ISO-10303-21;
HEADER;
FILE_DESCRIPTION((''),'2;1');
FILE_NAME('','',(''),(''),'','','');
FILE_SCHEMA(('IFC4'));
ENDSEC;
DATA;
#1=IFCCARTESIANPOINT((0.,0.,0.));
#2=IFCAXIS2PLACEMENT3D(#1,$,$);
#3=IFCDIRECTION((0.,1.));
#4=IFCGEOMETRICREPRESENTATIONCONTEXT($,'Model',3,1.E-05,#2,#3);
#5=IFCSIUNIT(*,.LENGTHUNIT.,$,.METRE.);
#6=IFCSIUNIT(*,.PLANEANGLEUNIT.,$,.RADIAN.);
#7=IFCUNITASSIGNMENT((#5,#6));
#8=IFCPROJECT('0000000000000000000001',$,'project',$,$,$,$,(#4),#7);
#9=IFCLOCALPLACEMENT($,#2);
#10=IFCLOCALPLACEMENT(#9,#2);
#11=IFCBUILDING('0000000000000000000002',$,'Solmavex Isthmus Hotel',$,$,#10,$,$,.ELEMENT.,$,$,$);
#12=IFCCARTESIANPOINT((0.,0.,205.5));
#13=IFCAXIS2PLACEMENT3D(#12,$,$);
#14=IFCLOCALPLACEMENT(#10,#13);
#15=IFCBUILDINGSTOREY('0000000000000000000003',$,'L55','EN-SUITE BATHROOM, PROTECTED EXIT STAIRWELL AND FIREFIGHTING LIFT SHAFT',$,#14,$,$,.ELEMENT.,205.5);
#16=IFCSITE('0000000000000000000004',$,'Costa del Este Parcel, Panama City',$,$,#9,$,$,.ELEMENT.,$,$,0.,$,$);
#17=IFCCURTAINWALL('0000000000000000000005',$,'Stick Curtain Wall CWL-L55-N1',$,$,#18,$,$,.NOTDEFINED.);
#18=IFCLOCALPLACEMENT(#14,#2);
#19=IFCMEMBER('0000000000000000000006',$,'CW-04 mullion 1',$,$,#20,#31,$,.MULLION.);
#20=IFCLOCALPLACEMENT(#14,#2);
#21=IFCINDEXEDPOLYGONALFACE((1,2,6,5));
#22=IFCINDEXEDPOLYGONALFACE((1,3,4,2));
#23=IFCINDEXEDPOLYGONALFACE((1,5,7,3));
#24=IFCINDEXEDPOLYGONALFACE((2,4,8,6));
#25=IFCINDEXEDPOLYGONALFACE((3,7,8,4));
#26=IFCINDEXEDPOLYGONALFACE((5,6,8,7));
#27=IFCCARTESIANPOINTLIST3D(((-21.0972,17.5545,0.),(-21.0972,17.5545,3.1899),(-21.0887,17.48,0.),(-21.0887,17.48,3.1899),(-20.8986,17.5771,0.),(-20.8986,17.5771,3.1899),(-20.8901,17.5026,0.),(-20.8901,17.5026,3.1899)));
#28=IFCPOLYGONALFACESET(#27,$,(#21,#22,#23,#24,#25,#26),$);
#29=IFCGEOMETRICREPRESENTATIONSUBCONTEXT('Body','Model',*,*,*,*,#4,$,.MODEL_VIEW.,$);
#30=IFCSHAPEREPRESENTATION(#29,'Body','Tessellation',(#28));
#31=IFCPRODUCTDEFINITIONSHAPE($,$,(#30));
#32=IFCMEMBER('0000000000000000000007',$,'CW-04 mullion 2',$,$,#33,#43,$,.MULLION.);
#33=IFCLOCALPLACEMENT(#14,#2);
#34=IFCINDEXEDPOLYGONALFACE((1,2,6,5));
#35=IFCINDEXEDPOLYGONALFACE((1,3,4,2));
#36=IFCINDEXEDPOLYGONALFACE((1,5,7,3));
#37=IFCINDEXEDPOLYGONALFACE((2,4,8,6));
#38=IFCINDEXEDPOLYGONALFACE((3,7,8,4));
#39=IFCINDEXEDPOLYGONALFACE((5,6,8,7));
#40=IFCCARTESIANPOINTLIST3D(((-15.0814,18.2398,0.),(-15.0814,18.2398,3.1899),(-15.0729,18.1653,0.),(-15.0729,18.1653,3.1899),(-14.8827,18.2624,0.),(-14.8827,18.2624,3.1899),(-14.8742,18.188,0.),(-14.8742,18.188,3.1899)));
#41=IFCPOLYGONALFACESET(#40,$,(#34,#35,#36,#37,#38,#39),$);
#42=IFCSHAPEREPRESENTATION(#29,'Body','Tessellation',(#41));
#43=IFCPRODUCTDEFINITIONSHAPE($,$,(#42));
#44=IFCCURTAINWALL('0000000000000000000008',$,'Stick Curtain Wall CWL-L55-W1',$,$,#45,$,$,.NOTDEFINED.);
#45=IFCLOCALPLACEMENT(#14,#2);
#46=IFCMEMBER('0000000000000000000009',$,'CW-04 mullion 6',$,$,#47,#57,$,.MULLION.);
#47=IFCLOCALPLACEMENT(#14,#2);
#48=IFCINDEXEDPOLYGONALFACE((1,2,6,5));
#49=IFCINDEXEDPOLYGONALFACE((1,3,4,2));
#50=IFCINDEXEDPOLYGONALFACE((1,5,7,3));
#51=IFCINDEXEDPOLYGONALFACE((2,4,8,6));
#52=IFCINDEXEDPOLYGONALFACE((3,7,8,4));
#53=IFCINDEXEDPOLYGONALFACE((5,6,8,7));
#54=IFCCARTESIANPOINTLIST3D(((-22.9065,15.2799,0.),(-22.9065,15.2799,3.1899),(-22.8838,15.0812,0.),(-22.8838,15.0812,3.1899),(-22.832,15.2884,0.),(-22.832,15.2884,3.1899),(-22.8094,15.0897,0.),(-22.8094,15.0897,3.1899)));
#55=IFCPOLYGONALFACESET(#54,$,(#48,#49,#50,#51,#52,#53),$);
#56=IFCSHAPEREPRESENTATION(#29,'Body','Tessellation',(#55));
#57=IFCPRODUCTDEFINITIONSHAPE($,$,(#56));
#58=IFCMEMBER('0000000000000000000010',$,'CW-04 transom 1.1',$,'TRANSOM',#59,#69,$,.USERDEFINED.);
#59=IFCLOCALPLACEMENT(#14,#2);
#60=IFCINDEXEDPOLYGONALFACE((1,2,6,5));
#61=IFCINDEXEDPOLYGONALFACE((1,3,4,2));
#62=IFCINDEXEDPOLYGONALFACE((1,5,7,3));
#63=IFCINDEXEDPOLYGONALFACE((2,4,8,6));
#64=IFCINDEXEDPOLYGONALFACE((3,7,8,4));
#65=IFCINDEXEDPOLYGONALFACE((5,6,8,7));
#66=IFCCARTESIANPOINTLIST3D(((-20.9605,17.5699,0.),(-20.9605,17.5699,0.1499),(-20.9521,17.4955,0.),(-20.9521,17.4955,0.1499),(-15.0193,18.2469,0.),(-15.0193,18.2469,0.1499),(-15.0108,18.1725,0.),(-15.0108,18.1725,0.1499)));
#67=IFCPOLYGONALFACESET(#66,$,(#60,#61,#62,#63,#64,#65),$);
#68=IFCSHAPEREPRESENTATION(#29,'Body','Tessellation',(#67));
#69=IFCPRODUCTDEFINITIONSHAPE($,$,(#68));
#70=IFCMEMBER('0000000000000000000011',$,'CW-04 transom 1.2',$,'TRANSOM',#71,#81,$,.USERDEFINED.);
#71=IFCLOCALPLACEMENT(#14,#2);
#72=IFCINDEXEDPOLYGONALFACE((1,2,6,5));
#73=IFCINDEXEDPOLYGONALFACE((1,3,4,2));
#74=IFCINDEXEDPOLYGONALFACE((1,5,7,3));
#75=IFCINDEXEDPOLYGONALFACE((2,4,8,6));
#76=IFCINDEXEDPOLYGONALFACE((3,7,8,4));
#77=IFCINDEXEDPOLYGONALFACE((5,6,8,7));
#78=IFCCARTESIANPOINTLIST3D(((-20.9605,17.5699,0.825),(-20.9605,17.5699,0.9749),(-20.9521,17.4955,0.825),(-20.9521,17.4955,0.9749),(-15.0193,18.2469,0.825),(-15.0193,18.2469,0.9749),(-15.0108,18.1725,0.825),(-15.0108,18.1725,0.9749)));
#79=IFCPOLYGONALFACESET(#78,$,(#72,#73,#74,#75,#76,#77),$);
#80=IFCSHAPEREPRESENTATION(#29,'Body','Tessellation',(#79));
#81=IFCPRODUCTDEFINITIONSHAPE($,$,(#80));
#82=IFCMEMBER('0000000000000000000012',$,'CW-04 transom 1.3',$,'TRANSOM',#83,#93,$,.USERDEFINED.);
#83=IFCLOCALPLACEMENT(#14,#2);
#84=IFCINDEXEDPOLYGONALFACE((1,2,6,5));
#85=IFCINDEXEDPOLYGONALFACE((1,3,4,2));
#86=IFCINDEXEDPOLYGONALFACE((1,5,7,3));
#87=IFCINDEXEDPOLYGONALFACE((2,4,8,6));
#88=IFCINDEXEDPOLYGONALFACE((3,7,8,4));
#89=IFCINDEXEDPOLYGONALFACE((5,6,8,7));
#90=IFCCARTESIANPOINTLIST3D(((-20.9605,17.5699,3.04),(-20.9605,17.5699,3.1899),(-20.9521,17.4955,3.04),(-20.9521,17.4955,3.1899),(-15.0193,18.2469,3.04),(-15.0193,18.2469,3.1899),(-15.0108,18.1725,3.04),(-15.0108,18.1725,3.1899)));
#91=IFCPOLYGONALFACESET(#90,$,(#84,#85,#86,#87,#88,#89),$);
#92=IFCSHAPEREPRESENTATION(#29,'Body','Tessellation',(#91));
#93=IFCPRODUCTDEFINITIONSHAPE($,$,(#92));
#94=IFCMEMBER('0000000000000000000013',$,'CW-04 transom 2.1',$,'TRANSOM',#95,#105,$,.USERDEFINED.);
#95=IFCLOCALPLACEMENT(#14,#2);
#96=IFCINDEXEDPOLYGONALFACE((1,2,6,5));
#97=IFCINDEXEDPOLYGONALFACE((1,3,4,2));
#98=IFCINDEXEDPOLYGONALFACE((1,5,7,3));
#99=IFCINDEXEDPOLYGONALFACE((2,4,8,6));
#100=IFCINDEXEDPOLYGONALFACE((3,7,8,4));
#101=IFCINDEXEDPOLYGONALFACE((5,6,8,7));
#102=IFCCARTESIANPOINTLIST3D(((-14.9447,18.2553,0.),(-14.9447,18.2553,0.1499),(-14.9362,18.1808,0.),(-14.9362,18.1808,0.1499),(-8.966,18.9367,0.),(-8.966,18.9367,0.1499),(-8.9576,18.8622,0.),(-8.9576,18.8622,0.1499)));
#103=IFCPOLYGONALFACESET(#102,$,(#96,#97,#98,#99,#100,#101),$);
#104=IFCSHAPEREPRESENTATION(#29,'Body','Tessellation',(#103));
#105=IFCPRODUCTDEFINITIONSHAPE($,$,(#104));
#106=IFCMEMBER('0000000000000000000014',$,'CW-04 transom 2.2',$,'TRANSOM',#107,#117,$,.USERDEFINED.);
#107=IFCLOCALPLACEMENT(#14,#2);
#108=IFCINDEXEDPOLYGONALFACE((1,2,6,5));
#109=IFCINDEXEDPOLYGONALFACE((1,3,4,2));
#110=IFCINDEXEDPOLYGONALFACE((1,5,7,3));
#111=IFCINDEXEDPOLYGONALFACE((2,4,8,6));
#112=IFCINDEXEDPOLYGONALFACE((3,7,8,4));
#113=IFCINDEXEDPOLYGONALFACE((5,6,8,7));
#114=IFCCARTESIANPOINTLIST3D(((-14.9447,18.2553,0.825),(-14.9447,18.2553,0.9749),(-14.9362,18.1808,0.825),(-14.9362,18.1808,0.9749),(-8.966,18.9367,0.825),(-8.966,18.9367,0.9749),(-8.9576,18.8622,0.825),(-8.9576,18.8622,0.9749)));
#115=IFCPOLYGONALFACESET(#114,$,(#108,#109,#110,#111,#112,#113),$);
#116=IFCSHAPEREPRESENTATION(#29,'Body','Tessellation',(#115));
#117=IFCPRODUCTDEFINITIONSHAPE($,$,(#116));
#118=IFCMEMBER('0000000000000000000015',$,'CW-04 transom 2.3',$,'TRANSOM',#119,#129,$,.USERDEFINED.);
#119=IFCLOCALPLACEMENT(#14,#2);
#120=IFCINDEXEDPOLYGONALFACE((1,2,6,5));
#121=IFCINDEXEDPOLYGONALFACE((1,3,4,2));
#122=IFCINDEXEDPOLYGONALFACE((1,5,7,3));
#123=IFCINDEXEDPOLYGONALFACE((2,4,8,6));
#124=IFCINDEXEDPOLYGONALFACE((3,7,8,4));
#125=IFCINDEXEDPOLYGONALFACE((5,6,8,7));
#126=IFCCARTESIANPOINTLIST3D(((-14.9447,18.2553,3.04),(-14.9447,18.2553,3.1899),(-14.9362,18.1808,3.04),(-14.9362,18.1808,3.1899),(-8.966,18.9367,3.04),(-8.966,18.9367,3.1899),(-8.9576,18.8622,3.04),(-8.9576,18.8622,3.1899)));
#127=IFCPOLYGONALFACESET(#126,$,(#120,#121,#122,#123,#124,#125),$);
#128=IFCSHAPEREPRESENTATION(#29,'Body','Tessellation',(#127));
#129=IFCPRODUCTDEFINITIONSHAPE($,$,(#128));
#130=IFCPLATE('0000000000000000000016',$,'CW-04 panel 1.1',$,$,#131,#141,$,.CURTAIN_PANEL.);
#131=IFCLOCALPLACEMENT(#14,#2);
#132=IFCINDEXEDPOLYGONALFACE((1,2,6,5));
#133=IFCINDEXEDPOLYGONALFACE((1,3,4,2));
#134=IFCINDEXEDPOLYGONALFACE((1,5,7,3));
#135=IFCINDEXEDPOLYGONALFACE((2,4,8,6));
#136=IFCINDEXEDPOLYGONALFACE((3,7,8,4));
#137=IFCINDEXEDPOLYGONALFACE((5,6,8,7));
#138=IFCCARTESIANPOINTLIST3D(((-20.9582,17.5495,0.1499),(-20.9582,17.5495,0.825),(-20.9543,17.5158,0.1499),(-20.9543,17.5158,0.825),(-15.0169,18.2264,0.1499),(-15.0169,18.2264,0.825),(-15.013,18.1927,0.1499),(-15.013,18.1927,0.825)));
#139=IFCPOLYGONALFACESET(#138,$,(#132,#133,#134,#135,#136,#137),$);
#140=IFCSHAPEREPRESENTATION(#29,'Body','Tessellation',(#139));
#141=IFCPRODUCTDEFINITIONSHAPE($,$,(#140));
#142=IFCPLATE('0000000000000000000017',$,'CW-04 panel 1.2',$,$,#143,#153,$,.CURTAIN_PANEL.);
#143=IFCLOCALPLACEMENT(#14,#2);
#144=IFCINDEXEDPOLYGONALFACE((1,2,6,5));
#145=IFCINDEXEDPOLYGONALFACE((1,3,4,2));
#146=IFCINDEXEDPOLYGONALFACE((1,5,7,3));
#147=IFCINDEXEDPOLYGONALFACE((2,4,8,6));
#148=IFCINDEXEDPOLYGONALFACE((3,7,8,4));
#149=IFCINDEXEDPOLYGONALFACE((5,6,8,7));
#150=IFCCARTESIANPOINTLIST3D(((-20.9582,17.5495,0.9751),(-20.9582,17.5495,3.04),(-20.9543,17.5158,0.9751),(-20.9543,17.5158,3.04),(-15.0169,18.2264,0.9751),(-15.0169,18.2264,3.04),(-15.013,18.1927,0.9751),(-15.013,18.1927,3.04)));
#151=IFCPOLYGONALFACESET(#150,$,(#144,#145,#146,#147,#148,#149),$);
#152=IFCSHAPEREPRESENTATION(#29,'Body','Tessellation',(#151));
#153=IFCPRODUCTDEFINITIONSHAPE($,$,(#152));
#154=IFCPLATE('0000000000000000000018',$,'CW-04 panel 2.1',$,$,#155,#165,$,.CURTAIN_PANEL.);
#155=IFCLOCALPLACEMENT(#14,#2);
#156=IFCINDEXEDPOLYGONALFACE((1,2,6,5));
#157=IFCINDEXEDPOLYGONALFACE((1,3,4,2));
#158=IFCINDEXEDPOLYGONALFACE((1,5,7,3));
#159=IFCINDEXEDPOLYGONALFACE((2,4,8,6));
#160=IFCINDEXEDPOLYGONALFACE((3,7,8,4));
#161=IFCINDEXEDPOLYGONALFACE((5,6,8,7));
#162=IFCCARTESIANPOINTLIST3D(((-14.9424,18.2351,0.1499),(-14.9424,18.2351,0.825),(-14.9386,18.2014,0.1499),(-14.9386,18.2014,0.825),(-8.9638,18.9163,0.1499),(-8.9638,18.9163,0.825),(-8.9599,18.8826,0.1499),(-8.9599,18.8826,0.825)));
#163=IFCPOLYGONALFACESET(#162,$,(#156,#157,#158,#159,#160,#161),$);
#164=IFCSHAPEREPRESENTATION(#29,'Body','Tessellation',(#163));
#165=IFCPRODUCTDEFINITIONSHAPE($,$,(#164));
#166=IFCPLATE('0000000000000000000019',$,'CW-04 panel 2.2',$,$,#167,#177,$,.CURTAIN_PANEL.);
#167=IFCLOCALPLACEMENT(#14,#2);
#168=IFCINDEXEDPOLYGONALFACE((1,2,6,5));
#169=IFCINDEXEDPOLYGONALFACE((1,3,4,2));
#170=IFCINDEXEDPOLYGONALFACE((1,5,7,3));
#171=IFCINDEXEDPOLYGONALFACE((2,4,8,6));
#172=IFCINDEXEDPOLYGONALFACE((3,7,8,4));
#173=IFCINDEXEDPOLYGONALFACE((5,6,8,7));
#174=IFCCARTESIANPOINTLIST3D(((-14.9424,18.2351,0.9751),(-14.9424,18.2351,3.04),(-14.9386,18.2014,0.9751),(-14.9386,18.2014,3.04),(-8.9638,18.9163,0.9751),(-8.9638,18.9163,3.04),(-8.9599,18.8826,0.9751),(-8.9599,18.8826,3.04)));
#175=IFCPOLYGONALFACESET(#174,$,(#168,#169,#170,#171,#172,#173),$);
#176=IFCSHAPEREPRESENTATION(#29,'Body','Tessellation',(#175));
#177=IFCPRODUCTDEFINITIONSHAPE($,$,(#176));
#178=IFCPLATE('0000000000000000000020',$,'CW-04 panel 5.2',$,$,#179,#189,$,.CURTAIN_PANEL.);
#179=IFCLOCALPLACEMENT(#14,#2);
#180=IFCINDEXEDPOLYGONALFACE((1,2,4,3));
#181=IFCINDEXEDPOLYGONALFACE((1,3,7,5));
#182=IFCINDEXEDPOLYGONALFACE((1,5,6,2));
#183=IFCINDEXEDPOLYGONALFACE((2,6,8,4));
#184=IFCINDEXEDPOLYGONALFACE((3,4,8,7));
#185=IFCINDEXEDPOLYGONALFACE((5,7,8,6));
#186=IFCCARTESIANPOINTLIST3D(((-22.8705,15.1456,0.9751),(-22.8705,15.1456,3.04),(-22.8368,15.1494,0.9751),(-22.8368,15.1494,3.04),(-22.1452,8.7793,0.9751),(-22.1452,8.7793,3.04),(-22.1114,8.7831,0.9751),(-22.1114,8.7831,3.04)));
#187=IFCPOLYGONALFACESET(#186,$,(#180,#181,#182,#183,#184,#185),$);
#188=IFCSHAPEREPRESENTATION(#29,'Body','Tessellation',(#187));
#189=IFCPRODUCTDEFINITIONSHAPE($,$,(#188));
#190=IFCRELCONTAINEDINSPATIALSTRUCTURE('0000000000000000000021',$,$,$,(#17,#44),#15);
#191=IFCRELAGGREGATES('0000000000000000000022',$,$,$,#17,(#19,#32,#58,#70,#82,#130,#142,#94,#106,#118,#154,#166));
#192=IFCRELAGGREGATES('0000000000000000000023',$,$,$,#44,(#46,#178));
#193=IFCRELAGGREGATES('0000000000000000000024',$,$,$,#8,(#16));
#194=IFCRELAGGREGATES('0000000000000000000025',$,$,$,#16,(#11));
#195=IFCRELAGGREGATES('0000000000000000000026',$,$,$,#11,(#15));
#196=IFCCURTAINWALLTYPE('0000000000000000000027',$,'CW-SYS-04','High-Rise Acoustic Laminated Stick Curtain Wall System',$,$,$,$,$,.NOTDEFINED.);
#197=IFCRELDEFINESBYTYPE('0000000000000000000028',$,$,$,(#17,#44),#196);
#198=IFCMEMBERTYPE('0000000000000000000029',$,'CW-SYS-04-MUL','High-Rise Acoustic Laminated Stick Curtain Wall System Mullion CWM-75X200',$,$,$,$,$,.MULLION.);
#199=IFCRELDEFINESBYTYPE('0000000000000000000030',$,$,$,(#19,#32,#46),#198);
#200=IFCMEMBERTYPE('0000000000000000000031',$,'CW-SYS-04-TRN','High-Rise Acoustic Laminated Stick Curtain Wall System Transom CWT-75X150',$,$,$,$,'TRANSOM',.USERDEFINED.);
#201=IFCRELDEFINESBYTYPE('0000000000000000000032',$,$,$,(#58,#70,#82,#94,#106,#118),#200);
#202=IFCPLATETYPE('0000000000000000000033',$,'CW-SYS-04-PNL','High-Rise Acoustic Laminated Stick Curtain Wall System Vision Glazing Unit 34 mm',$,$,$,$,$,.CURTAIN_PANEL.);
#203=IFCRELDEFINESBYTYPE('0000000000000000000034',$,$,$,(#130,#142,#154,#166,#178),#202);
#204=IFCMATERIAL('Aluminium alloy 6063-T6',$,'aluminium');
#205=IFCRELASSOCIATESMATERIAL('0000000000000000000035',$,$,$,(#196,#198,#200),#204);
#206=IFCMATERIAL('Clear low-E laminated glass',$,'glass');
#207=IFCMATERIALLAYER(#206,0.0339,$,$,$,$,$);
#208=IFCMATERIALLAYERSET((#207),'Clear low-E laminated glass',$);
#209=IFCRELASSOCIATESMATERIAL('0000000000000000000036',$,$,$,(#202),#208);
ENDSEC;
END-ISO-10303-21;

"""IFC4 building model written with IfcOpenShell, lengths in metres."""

from ifc_helpers import new_model, si_unit, direction, frame, origin, origin_2d, place, context, subcontext, project, spatial, rectangle, extrude, material, layer, layer_set, material_profile, profile_set, type_object, element, aggregate, save


model = new_model("IFC4")

# Units and contexts
model_context = context("Model", 3, precision=1e-05, world=origin(), true_north=direction((0.0, 1.0)))
body_context = subcontext(model_context, "Body", "Model", "MODEL_VIEW")
ifc_project = project(units=[si_unit("LENGTHUNIT", "METRE"), si_unit("PLANEANGLEUNIT", "RADIAN")], contexts=[model_context])

# Site, building, storey
site_placement = place(None, origin())
site = spatial("IfcSite", under=ifc_project, at=site_placement, Name="Costa del Este Parcel, Panama City", CompositionType="ELEMENT", RefElevation=0.0)
building_placement = place(site_placement, origin())
building = spatial("IfcBuilding", under=site, at=building_placement, Name="Solmavex Isthmus Hotel", CompositionType="ELEMENT")
storey_placement = place(building_placement, frame((0.0, 0.0, 205.5)))
storey = spatial("IfcBuildingStorey", under=building, at=storey_placement, Name="L55", Description="EN-SUITE BATHROOM, PROTECTED EXIT STAIRWELL AND FIREFIGHTING LIFT SHAFT", CompositionType="ELEMENT", Elevation=205.5)

# Curtain wall, members
ifc_material_1 = material(Name="Aluminium alloy 6063-T6", Category="aluminium")
curtain_wall_type = type_object("IfcCurtainWallType", Name="CW-SYS-04", Description="High-Rise Acoustic Laminated Stick Curtain Wall System", PredefinedType="NOTDEFINED", material=ifc_material_1)
curtain_wall_1_placement = place(storey_placement, origin())
curtain_wall_1 = element("IfcCurtainWall", 1, at=curtain_wall_1_placement, inside=storey, type_object=curtain_wall_type, Name="Stick Curtain Wall CWL-L55-N1", PredefinedType="NOTDEFINED")
ifc_material_profile_1 = material_profile(ifc_material_1, rectangle(XDim=0.075, YDim=0.2, at=origin_2d()), Name="CWM-75X200")
ifc_profile_set_1 = profile_set([ifc_material_profile_1], Name="Aluminium alloy 6063-T6")
member_type_1 = type_object("IfcMemberType", Name="CW-SYS-04-MUL", Description="High-Rise Acoustic Laminated Stick Curtain Wall System Mullion CWM-75X200", PredefinedType="MULLION", material=ifc_profile_set_1)
member_1_placement = place(storey_placement, frame((-20.9937, 17.5286, 0.0), z_axis=(0.0, 0.0, 1.0), x_axis=(-0.113203, 0.993572, 0.0)))
member_1 = element("IfcMember", 2, at=member_1_placement, type_object=member_type_1, Name="CW-04 mullion 1", PredefinedType="MULLION", context=body_context, shape_type="SweptSolid", body=[
    extrude(rectangle(XDim=0.075, YDim=0.2, at=origin_2d()), origin(), (0.0, 0.0, 1.0), 3.1899),
])
member_2_placement = place(storey_placement, frame((-14.9778, 18.2139, 0.0), z_axis=(0.0, 0.0, 1.0), x_axis=(-0.113203, 0.993572, 0.0)))
member_2 = element("IfcMember", 3, at=member_2_placement, type_object=member_type_1, Name="CW-04 mullion 2", PredefinedType="MULLION", context=body_context, shape_type="SweptSolid", body=[
    extrude(rectangle(XDim=0.075, YDim=0.2, at=origin_2d()), origin(), (0.0, 0.0, 1.0), 3.1899),
])

# Curtain wall, member
curtain_wall_2_placement = place(storey_placement, origin())
curtain_wall_2 = element("IfcCurtainWall", 4, at=curtain_wall_2_placement, inside=storey, type_object=curtain_wall_type, Name="Stick Curtain Wall CWL-L55-W1", PredefinedType="NOTDEFINED")
member_3_placement = place(storey_placement, frame((-22.8579, 15.1848, 0.0), z_axis=(0.0, 0.0, 1.0), x_axis=(-0.993572, -0.113203, 0.0)))
member_3 = element("IfcMember", 5, at=member_3_placement, type_object=member_type_1, Name="CW-04 mullion 6", PredefinedType="MULLION", context=body_context, shape_type="SweptSolid", body=[
    extrude(rectangle(XDim=0.075, YDim=0.2, at=origin_2d()), origin(), (0.0, 0.0, 1.0), 3.1899),
])

# Members
ifc_material_profile_2 = material_profile(ifc_material_1, rectangle(XDim=0.075, YDim=0.1499, at=origin_2d()), Name="CWT-75X150")
ifc_profile_set_2 = profile_set([ifc_material_profile_2], Name="Aluminium alloy 6063-T6")
member_type_2 = type_object("IfcMemberType", Name="CW-SYS-04-TRN", Description="High-Rise Acoustic Laminated Stick Curtain Wall System Transom CWT-75X150", ElementType="TRANSOM", PredefinedType="USERDEFINED", material=ifc_profile_set_2)
member_4_placement = place(storey_placement, frame((-20.9563, 17.5327, 0.075), z_axis=(0.993571, 0.113214, 0.0), x_axis=(-0.113214, 0.993571, 0.0)))
member_4 = element("IfcMember", 6, at=member_4_placement, type_object=member_type_2, Name="CW-04 transom 1.1", ObjectType="TRANSOM", PredefinedType="USERDEFINED", context=body_context, shape_type="SweptSolid", body=[
    extrude(rectangle(XDim=0.075, YDim=0.1499, at=origin_2d()), origin(), (0.0, 0.0, 1.0), 5.9797),
])
member_5_placement = place(storey_placement, frame((-20.9563, 17.5327, 0.8999), z_axis=(0.993571, 0.113214, 0.0), x_axis=(-0.113214, 0.993571, 0.0)))
member_5 = element("IfcMember", 7, at=member_5_placement, type_object=member_type_2, Name="CW-04 transom 1.2", ObjectType="TRANSOM", PredefinedType="USERDEFINED", context=body_context, shape_type="SweptSolid", body=[
    extrude(rectangle(XDim=0.075, YDim=0.1499, at=origin_2d()), origin(), (0.0, 0.0, 1.0), 5.9797),
])
member_6_placement = place(storey_placement, frame((-20.9563, 17.5327, 3.115), z_axis=(0.993571, 0.113214, 0.0), x_axis=(-0.113214, 0.993571, 0.0)))
member_6 = element("IfcMember", 8, at=member_6_placement, type_object=member_type_2, Name="CW-04 transom 1.3", ObjectType="TRANSOM", PredefinedType="USERDEFINED", context=body_context, shape_type="SweptSolid", body=[
    extrude(rectangle(XDim=0.075, YDim=0.1499, at=origin_2d()), origin(), (0.0, 0.0, 1.0), 5.9797),
])
member_7_placement = place(storey_placement, frame((-14.9404, 18.218, 0.075), z_axis=(0.993568, 0.113241, 0.0), x_axis=(-0.113241, 0.993568, 0.0)))
member_7 = element("IfcMember", 9, at=member_7_placement, type_object=member_type_2, Name="CW-04 transom 2.1", ObjectType="TRANSOM", PredefinedType="USERDEFINED", context=body_context, shape_type="SweptSolid", body=[
    extrude(rectangle(XDim=0.075, YDim=0.1499, at=origin_2d()), origin(), (0.0, 0.0, 1.0), 6.0173),
])
member_8_placement = place(storey_placement, frame((-14.9404, 18.218, 0.8999), z_axis=(0.993568, 0.113241, 0.0), x_axis=(-0.113241, 0.993568, 0.0)))
member_8 = element("IfcMember", 10, at=member_8_placement, type_object=member_type_2, Name="CW-04 transom 2.2", ObjectType="TRANSOM", PredefinedType="USERDEFINED", context=body_context, shape_type="SweptSolid", body=[
    extrude(rectangle(XDim=0.075, YDim=0.1499, at=origin_2d()), origin(), (0.0, 0.0, 1.0), 6.0173),
])
member_9_placement = place(storey_placement, frame((-14.9404, 18.218, 3.115), z_axis=(0.993568, 0.113241, 0.0), x_axis=(-0.113241, 0.993568, 0.0)))
member_9 = element("IfcMember", 11, at=member_9_placement, type_object=member_type_2, Name="CW-04 transom 2.3", ObjectType="TRANSOM", PredefinedType="USERDEFINED", context=body_context, shape_type="SweptSolid", body=[
    extrude(rectangle(XDim=0.075, YDim=0.1499, at=origin_2d()), origin(), (0.0, 0.0, 1.0), 6.0173),
])

# Plates
ifc_material_2 = material(Name="Clear low-E laminated glass", Category="glass")
ifc_layer_1 = layer(ifc_material_2, 0.0339)
ifc_layer_set_1 = layer_set([ifc_layer_1], Name="Clear low-E laminated glass")
plate_type = type_object("IfcPlateType", Name="CW-SYS-04-PNL", Description="High-Rise Acoustic Laminated Stick Curtain Wall System Vision Glazing Unit 34 mm", PredefinedType="CURTAIN_PANEL", material=ifc_layer_set_1)
plate_1_placement = place(storey_placement, frame((-17.9856, 17.8711, 0.1499), z_axis=(0.0, 0.0, 1.0), x_axis=(0.993572, 0.113203, 0.0)))
plate_1 = element("IfcPlate", 12, at=plate_1_placement, type_object=plate_type, Name="CW-04 panel 1.1", PredefinedType="CURTAIN_PANEL", context=body_context, shape_type="SweptSolid", body=[
    extrude(rectangle(XDim=5.9797, YDim=0.0339, at=origin_2d()), origin(), (0.0, 0.0, 1.0), 0.675),
])
plate_2_placement = place(storey_placement, frame((-17.9856, 17.8711, 0.9751), z_axis=(0.0, 0.0, 1.0), x_axis=(0.993572, 0.113203, 0.0)))
plate_2 = element("IfcPlate", 13, at=plate_2_placement, type_object=plate_type, Name="CW-04 panel 1.2", PredefinedType="CURTAIN_PANEL", context=body_context, shape_type="SweptSolid", body=[
    extrude(rectangle(XDim=5.9797, YDim=0.0339, at=origin_2d()), origin(), (0.0, 0.0, 1.0), 2.0649),
])
plate_3_placement = place(storey_placement, frame((-11.9512, 18.5588, 0.1499), z_axis=(0.0, 0.0, 1.0), x_axis=(0.993572, 0.113203, 0.0)))
plate_3 = element("IfcPlate", 14, at=plate_3_placement, type_object=plate_type, Name="CW-04 panel 2.1", PredefinedType="CURTAIN_PANEL", context=body_context, shape_type="SweptSolid", body=[
    extrude(rectangle(XDim=6.0173, YDim=0.0339, at=origin_2d()), origin(), (0.0, 0.0, 1.0), 0.675),
])
plate_4_placement = place(storey_placement, frame((-11.9512, 18.5588, 0.9751), z_axis=(0.0, 0.0, 1.0), x_axis=(0.993572, 0.113203, 0.0)))
plate_4 = element("IfcPlate", 15, at=plate_4_placement, type_object=plate_type, Name="CW-04 panel 2.2", PredefinedType="CURTAIN_PANEL", context=body_context, shape_type="SweptSolid", body=[
    extrude(rectangle(XDim=6.0173, YDim=0.0339, at=origin_2d()), origin(), (0.0, 0.0, 1.0), 2.0649),
])
aggregate(curtain_wall_1, [member_1, member_2, member_4, member_5, member_6, plate_1, plate_2, member_7, member_8, member_9, plate_3, plate_4])
plate_5_placement = place(storey_placement, frame((-22.491, 11.9644, 0.9751), z_axis=(0.0, 0.0, 1.0), x_axis=(-0.113203, 0.993572, 0.0)))
plate_5 = element("IfcPlate", 16, at=plate_5_placement, type_object=plate_type, Name="CW-04 panel 5.2", PredefinedType="CURTAIN_PANEL", context=body_context, shape_type="SweptSolid", body=[
    extrude(rectangle(XDim=6.4075, YDim=0.0339, at=origin_2d()), origin(), (0.0, 0.0, 1.0), 2.0649),
])
aggregate(curtain_wall_2, [member_3, plate_5])

save(model, "model.ifc")
